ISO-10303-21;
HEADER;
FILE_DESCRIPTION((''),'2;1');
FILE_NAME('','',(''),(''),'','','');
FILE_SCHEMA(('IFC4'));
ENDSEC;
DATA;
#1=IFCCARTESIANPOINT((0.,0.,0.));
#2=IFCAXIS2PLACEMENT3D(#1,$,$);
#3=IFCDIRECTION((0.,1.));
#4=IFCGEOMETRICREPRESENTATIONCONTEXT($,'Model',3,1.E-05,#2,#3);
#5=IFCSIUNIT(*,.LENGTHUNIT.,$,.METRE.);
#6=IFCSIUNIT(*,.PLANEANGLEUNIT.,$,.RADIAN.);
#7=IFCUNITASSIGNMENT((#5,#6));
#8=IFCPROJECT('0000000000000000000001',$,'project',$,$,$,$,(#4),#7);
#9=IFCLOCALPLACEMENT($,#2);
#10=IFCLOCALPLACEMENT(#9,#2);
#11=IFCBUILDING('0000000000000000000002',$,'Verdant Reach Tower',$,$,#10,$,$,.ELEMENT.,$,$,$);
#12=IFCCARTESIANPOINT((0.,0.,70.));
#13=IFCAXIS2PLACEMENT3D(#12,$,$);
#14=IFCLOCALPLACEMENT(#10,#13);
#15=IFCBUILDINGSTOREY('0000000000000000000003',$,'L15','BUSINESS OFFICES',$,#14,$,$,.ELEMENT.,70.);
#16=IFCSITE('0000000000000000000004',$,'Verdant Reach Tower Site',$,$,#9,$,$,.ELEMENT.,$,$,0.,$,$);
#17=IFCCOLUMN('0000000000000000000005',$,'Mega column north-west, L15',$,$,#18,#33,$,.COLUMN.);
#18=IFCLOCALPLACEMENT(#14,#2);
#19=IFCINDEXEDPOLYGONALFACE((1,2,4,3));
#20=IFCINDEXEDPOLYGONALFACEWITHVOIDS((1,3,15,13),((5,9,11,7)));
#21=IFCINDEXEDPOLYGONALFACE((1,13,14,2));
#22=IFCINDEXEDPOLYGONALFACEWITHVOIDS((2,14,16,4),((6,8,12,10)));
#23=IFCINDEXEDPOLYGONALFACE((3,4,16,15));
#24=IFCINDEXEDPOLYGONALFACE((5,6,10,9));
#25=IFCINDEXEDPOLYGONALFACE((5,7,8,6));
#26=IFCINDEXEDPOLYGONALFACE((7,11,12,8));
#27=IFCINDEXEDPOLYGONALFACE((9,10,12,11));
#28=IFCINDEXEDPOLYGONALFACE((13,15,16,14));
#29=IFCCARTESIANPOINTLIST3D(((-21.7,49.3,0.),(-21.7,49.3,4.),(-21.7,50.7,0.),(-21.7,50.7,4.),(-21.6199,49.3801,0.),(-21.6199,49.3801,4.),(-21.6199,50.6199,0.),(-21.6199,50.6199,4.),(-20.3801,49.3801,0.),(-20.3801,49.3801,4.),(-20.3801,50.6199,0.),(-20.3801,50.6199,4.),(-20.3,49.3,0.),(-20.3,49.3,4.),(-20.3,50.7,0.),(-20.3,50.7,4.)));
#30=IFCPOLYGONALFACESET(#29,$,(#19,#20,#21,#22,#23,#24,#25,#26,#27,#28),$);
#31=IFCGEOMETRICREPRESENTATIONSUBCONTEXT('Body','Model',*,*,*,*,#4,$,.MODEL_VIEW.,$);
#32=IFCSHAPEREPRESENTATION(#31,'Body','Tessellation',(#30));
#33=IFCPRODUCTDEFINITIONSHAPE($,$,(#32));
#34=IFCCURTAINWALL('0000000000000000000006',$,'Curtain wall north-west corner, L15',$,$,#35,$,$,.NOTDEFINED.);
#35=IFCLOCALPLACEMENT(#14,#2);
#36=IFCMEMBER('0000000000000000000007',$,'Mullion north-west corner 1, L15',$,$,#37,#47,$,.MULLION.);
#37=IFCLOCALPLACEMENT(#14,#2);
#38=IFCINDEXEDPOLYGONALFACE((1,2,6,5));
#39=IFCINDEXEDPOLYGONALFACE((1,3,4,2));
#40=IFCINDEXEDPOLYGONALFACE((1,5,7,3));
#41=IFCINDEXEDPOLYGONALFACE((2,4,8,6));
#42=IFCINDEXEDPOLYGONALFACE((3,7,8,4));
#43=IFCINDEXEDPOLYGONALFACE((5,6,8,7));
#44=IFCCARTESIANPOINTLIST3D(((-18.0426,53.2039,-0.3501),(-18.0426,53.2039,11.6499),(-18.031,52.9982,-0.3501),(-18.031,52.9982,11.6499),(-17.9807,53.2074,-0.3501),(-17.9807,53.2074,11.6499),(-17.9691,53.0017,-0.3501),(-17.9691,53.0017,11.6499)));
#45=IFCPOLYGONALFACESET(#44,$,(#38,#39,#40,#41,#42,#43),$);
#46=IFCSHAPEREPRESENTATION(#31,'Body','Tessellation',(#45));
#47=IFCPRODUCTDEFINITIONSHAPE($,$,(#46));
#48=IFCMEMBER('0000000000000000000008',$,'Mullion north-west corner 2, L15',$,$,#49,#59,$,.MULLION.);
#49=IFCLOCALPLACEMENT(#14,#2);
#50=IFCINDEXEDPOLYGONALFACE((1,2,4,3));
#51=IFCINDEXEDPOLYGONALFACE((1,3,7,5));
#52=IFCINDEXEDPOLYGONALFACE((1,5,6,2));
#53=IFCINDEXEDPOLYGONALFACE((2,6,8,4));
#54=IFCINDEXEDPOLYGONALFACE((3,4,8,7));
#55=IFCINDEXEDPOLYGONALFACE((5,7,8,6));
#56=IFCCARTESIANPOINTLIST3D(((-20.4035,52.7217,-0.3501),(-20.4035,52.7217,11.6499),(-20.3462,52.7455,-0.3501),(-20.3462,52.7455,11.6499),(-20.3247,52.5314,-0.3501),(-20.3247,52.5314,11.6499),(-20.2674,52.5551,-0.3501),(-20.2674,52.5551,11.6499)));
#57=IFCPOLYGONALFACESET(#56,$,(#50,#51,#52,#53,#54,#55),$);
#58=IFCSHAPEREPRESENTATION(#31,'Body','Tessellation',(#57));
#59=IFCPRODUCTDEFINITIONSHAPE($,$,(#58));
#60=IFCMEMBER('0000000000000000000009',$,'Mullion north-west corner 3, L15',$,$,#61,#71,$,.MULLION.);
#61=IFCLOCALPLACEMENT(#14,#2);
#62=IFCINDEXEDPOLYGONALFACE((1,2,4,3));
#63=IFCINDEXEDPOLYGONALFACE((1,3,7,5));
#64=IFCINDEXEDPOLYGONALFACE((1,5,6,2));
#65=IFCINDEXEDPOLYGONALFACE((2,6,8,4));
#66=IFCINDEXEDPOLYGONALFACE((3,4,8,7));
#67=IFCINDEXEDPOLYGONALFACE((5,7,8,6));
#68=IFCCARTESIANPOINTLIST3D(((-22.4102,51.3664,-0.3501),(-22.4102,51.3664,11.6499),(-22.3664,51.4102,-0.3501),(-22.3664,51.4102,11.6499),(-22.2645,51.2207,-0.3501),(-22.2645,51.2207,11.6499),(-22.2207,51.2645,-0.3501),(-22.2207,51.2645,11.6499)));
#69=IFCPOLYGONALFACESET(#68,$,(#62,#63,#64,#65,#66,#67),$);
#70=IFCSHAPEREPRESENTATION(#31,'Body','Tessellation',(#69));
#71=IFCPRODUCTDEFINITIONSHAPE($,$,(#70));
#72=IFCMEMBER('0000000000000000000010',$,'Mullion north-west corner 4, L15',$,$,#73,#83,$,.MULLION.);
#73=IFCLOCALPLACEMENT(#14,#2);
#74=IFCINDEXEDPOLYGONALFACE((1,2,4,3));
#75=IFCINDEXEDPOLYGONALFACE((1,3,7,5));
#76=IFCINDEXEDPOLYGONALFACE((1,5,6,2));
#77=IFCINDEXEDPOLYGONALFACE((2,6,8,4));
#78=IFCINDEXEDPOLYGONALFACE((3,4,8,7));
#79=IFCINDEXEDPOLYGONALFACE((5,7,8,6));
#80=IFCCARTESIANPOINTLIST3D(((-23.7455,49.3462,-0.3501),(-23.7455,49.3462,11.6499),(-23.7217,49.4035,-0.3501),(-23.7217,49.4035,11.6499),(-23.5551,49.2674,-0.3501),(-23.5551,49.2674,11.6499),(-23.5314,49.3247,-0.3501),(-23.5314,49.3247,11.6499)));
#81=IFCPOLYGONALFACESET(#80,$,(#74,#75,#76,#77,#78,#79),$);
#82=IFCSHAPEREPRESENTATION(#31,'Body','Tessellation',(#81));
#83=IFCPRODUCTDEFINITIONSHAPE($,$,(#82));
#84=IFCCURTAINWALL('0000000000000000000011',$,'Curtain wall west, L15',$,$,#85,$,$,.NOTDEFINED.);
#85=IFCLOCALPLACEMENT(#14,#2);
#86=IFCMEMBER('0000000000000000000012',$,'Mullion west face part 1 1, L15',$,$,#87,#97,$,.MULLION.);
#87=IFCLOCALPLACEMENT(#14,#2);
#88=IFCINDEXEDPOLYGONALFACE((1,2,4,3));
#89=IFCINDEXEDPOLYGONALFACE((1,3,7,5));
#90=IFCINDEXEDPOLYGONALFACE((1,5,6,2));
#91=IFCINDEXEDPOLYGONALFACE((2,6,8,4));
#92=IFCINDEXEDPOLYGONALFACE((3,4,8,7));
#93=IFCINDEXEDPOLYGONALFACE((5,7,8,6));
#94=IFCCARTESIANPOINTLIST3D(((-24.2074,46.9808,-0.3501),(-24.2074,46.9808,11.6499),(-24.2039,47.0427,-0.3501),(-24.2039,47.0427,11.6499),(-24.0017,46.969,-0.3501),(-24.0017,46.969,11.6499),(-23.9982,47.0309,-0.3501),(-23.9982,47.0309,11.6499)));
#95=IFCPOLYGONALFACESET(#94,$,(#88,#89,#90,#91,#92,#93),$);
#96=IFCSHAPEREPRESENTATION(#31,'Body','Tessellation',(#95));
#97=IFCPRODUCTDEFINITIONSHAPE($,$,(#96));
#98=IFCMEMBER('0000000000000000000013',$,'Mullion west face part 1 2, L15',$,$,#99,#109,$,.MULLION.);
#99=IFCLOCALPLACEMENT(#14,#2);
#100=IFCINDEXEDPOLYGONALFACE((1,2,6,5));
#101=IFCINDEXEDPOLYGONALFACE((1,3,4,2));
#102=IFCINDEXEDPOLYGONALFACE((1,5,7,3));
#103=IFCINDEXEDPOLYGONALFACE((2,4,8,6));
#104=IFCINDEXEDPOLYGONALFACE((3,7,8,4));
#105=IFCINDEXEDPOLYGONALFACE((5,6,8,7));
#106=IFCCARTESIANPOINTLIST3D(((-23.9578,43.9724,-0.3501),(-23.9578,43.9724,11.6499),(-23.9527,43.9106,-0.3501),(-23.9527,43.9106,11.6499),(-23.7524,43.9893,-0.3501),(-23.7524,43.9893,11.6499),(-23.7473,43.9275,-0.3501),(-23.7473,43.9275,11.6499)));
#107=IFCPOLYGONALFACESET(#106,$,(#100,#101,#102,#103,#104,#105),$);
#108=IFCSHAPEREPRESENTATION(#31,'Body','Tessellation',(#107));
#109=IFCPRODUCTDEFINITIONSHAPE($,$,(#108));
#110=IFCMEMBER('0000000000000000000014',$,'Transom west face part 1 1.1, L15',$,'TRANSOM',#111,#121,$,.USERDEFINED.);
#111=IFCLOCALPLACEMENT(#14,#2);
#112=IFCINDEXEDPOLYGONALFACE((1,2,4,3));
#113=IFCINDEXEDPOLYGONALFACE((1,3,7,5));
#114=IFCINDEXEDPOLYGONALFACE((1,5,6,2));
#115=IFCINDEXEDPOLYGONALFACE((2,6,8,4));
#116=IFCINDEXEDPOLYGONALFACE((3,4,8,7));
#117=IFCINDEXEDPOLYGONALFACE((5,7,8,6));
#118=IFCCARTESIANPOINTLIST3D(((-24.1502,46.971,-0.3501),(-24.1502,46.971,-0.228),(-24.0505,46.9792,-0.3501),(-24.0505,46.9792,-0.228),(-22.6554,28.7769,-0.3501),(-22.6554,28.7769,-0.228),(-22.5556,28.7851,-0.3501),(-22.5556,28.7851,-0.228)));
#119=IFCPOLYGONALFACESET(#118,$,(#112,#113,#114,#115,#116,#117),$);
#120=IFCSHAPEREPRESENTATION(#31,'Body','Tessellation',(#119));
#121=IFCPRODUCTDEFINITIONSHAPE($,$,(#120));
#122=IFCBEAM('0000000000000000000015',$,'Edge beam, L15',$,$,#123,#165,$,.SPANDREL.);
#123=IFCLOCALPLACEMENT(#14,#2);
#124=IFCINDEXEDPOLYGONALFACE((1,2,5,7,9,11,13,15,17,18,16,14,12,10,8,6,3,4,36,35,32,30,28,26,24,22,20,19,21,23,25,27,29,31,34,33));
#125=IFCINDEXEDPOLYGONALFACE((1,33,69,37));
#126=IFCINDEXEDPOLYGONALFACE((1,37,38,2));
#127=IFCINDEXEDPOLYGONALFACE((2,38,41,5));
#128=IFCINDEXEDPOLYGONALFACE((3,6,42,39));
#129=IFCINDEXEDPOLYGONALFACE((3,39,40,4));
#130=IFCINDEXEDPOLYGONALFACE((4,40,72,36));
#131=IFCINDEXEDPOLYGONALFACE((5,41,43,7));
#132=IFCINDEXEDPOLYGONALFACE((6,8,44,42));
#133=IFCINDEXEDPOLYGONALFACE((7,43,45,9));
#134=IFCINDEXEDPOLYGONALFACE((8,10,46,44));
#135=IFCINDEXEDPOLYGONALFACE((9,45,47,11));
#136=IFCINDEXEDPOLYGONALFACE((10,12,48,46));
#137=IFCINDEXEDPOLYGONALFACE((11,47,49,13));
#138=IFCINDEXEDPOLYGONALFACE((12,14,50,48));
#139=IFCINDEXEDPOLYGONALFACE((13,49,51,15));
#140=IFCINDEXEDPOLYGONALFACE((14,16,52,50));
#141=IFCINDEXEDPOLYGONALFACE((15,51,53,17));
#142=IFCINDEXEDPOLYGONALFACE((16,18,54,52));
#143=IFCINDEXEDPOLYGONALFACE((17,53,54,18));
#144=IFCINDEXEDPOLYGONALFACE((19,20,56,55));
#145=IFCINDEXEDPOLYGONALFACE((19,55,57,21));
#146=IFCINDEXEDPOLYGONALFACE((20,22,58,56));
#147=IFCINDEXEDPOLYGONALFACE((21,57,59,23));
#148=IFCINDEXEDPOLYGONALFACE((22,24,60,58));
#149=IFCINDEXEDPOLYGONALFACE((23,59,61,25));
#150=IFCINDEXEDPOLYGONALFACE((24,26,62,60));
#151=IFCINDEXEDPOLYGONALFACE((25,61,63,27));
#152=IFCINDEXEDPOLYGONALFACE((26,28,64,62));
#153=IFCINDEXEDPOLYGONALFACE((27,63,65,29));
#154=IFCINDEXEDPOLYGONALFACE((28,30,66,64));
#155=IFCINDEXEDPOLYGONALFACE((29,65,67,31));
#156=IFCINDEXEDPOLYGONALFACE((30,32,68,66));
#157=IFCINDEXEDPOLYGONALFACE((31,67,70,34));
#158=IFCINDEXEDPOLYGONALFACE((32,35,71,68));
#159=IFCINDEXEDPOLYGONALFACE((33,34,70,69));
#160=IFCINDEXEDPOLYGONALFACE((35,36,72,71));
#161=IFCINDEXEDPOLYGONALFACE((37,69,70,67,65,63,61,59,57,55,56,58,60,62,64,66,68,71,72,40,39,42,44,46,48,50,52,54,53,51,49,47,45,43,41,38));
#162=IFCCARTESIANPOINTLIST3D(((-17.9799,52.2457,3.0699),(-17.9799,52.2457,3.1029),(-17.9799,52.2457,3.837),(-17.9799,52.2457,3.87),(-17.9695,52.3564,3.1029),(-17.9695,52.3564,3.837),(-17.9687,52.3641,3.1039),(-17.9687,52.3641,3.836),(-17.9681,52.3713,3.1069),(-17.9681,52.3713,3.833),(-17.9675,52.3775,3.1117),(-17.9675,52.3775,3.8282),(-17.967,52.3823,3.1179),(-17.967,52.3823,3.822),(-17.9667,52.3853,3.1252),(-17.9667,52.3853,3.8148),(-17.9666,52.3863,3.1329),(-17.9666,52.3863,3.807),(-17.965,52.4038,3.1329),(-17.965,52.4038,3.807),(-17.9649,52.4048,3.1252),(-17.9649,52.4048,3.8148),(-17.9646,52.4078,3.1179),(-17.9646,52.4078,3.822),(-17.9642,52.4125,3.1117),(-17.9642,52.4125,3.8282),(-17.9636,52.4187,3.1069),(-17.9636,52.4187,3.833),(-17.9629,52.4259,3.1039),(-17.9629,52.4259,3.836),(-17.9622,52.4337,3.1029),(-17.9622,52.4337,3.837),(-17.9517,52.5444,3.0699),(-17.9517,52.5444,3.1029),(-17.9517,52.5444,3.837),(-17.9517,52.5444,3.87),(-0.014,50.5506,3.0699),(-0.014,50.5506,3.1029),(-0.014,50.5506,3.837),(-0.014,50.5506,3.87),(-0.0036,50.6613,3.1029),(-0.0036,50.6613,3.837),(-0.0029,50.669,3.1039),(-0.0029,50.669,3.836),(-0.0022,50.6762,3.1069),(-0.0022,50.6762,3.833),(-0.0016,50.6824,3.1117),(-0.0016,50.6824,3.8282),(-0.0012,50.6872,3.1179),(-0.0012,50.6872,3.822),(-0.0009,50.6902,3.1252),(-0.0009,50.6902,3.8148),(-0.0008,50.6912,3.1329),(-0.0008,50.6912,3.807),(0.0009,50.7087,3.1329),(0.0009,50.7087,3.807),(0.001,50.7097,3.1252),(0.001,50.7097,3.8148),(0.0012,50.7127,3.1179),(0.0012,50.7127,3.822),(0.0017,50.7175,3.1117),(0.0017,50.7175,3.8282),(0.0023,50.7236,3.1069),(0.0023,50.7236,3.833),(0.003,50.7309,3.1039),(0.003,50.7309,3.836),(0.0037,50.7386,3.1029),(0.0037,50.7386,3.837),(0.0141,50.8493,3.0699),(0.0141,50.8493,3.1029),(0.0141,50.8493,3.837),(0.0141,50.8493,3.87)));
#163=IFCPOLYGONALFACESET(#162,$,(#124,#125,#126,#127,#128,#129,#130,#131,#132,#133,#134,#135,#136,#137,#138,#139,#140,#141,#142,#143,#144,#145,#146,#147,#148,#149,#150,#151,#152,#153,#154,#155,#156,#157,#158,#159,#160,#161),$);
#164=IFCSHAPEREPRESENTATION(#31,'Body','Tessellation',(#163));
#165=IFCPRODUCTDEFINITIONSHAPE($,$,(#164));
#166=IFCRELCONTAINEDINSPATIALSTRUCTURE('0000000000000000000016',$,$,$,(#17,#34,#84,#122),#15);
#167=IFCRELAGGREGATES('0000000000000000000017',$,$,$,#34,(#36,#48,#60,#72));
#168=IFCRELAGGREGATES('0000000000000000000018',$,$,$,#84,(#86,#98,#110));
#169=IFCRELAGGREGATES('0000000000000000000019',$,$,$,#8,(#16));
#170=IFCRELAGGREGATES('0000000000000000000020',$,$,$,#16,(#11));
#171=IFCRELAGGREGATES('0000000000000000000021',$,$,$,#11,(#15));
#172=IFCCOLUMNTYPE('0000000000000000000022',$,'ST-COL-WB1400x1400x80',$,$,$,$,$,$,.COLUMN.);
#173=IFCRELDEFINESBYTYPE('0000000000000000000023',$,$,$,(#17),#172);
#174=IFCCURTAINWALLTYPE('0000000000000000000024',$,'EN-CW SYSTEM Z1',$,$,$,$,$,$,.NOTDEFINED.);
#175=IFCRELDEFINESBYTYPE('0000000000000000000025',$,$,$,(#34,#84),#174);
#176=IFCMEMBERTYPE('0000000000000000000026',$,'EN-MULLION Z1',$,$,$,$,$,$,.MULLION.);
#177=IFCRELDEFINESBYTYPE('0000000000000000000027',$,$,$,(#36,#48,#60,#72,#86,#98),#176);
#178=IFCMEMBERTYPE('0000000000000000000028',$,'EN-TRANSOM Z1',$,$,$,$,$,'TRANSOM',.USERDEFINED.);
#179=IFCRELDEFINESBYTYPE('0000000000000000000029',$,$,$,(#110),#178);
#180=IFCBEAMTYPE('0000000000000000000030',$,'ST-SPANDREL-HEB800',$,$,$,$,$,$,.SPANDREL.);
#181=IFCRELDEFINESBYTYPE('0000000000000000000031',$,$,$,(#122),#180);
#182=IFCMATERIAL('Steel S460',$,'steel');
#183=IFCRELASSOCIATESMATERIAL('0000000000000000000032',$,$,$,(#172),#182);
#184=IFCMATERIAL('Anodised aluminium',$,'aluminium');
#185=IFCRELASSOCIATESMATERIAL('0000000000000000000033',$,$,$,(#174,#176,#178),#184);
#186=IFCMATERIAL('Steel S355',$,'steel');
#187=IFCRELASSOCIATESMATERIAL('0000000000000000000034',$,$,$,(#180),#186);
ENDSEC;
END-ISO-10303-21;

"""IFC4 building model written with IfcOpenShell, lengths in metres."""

from ifc_helpers import new_model, si_unit, direction, frame, origin, origin_2d, place, context, subcontext, project, spatial, rectangle, hollow_rectangle, i_section, extrude, material, material_profile, profile_set, type_object, element, aggregate, save


model = new_model("IFC4")

# Units and contexts
model_context = context("Model", 3, precision=1e-05, world=origin(), true_north=direction((0.0, 1.0)))
body_context = subcontext(model_context, "Body", "Model", "MODEL_VIEW")
ifc_project = project(units=[si_unit("LENGTHUNIT", "METRE"), si_unit("PLANEANGLEUNIT", "RADIAN")], contexts=[model_context])

# Site, building, storey
site_placement = place(None, origin())
site = spatial("IfcSite", under=ifc_project, at=site_placement, Name="Verdant Reach Tower Site", CompositionType="ELEMENT", RefElevation=0.0)
building_placement = place(site_placement, origin())
building = spatial("IfcBuilding", under=site, at=building_placement, Name="Verdant Reach Tower", CompositionType="ELEMENT")
storey_placement = place(building_placement, frame((0.0, 0.0, 70.0)))
storey = spatial("IfcBuildingStorey", under=building, at=storey_placement, Name="L15", Description="BUSINESS OFFICES", CompositionType="ELEMENT", Elevation=70.0)

# Column
ifc_material_1 = material(Name="Steel S460", Category="steel")
ifc_material_profile_1 = material_profile(ifc_material_1, hollow_rectangle(XDim=1.3999, YDim=1.3999, WallThickness=0.0801, at=origin_2d()), Name="WB 1400x1400x80")
ifc_profile_set_1 = profile_set([ifc_material_profile_1], Name="Steel S460")
column_type = type_object("IfcColumnType", Name="ST-COL-WB1400x1400x80", PredefinedType="COLUMN", material=ifc_profile_set_1)
column_placement = place(storey_placement, frame((-21.0, 50.0, 0.0), z_axis=(0.0, 0.0, 1.0), x_axis=(1.0, 0.0, 0.0)))
element("IfcColumn", 1, at=column_placement, inside=storey, type_object=column_type, Name="Mega column north-west, L15", PredefinedType="COLUMN", context=body_context, shape_type="SweptSolid", body=[
    extrude(hollow_rectangle(XDim=1.3999, YDim=1.3999, WallThickness=0.0801, at=origin_2d()), origin(), (0.0, 0.0, 1.0), 4.0),
])

# Curtain walls, members
ifc_material_2 = material(Name="Anodised aluminium", Category="aluminium")
curtain_wall_type = type_object("IfcCurtainWallType", Name="EN-CW SYSTEM Z1", PredefinedType="NOTDEFINED", material=ifc_material_2)
curtain_wall_1_placement = place(storey_placement, origin())
curtain_wall_1 = element("IfcCurtainWall", 2, at=curtain_wall_1_placement, inside=storey, type_object=curtain_wall_type, Name="Curtain wall north-west corner, L15", PredefinedType="NOTDEFINED")
ifc_material_profile_2 = material_profile(ifc_material_2, rectangle(XDim=0.2061, YDim=0.062, at=origin_2d()), Name="Mullion 62x206")
ifc_profile_set_2 = profile_set([ifc_material_profile_2], Name="Anodised aluminium")
member_type_1 = type_object("IfcMemberType", Name="EN-MULLION Z1", PredefinedType="MULLION", material=ifc_profile_set_2)
member_1_placement = place(storey_placement, frame((-18.0059, 53.1028, -0.3501), z_axis=(0.0, 0.0, 1.0), x_axis=(-0.056569, 0.998399, 0.0)))
member_1 = element("IfcMember", 3, at=member_1_placement, type_object=member_type_1, Name="Mullion north-west corner 1, L15", PredefinedType="MULLION", context=body_context, shape_type="SweptSolid", body=[
    extrude(rectangle(XDim=0.2061, YDim=0.062, at=origin_2d()), origin(), (0.0, 0.0, 1.0), 12.0),
])
member_2_placement = place(storey_placement, frame((-20.3354, 52.6384, -0.3501), z_axis=(0.0, 0.0, 1.0), x_axis=(-0.382694, 0.923875, 0.0)))
member_2 = element("IfcMember", 4, at=member_2_placement, type_object=member_type_1, Name="Mullion north-west corner 2, L15", PredefinedType="MULLION", context=body_context, shape_type="SweptSolid", body=[
    extrude(rectangle(XDim=0.2061, YDim=0.062, at=origin_2d()), origin(), (0.0, 0.0, 1.0), 12.0),
])
member_3_placement = place(storey_placement, frame((-22.3154, 51.3154, -0.3501), z_axis=(0.0, 0.0, 1.0), x_axis=(-0.707107, 0.707107, 0.0)))
member_3 = element("IfcMember", 5, at=member_3_placement, type_object=member_type_1, Name="Mullion north-west corner 3, L15", PredefinedType="MULLION", context=body_context, shape_type="SweptSolid", body=[
    extrude(rectangle(XDim=0.2061, YDim=0.062, at=origin_2d()), origin(), (0.0, 0.0, 1.0), 12.0),
])
member_4_placement = place(storey_placement, frame((-23.6384, 49.3354, -0.3501), z_axis=(0.0, 0.0, 1.0), x_axis=(-0.923875, 0.382694, 0.0)))
member_4 = element("IfcMember", 6, at=member_4_placement, type_object=member_type_1, Name="Mullion north-west corner 4, L15", PredefinedType="MULLION", context=body_context, shape_type="SweptSolid", body=[
    extrude(rectangle(XDim=0.2061, YDim=0.062, at=origin_2d()), origin(), (0.0, 0.0, 1.0), 12.0),
])
curtain_wall_2_placement = place(storey_placement, origin())
curtain_wall_2 = element("IfcCurtainWall", 7, at=curtain_wall_2_placement, inside=storey, type_object=curtain_wall_type, Name="Curtain wall west, L15", PredefinedType="NOTDEFINED")
member_5_placement = place(storey_placement, frame((-24.1028, 47.0059, -0.3501), z_axis=(0.0, 0.0, 1.0), x_axis=(-0.998366, 0.057135, 0.0)))
member_5 = element("IfcMember", 8, at=member_5_placement, type_object=member_type_1, Name="Mullion west face part 1 1, L15", PredefinedType="MULLION", context=body_context, shape_type="SweptSolid", body=[
    extrude(rectangle(XDim=0.2061, YDim=0.062, at=origin_2d()), origin(), (0.0, 0.0, 1.0), 12.0),
])
member_6_placement = place(storey_placement, frame((-23.8525, 43.95, -0.3501), z_axis=(0.0, 0.0, 1.0), x_axis=(-0.996639, -0.081916, 0.0)))
member_6 = element("IfcMember", 9, at=member_6_placement, type_object=member_type_1, Name="Mullion west face part 1 2, L15", PredefinedType="MULLION", context=body_context, shape_type="SweptSolid", body=[
    extrude(rectangle(XDim=0.2061, YDim=0.062, at=origin_2d()), origin(), (0.0, 0.0, 1.0), 12.0),
])
ifc_material_profile_3 = material_profile(ifc_material_2, rectangle(XDim=0.1001, YDim=0.1221, at=origin_2d()), Name="Transom 122x100")
ifc_profile_set_3 = profile_set([ifc_material_profile_3], Name="Anodised aluminium")
member_type_2 = type_object("IfcMemberType", Name="EN-TRANSOM Z1", ElementType="TRANSOM", PredefinedType="USERDEFINED", material=ifc_profile_set_3)
member_7_placement = place(storey_placement, frame((-24.1003, 46.9751, -0.2891), z_axis=(0.081887, -0.996642, 0.0), x_axis=(0.996642, 0.081887, 0.0)))
member_7 = element("IfcMember", 10, at=member_7_placement, type_object=member_type_2, Name="Transom west face part 1 1.1, L15", ObjectType="TRANSOM", PredefinedType="USERDEFINED", context=body_context, shape_type="SweptSolid", body=[
    extrude(rectangle(XDim=0.1001, YDim=0.1221, at=origin_2d()), origin(), (0.0, 0.0, 1.0), 18.2554),
])

# Beam
ifc_material_3 = material(Name="Steel S355", Category="steel")
ifc_material_profile_4 = material_profile(ifc_material_3, i_section(OverallWidth=0.3, OverallDepth=0.8, WebThickness=0.0176, FlangeThickness=0.033, FilletRadius=0.03, at=origin_2d()), Name="HEB 800")
ifc_profile_set_4 = profile_set([ifc_material_profile_4], Name="Steel S355")
beam_type_1 = type_object("IfcBeamType", Name="ST-SPANDREL-HEB800", PredefinedType="SPANDREL", material=ifc_profile_set_4)
beam_1_placement = place(storey_placement, frame((-17.9658, 52.395, 3.47), z_axis=(0.995579, -0.093932, 0.0), x_axis=(0.093932, 0.995579, 0.0)))
element("IfcBeam", 11, at=beam_1_placement, inside=storey, type_object=beam_type_1, Name="Edge beam, L15", PredefinedType="SPANDREL", context=body_context, shape_type="SweptSolid", body=[
    extrude(i_section(OverallWidth=0.3, OverallDepth=0.8, WebThickness=0.0176, FlangeThickness=0.033, FilletRadius=0.03, at=origin_2d()), origin(), (0.0, 0.0, 1.0), 18.0457),
])

aggregate(curtain_wall_1, [member_1, member_2, member_3, member_4])
aggregate(curtain_wall_2, [member_5, member_6, member_7])

save(model, "model.ifc")
